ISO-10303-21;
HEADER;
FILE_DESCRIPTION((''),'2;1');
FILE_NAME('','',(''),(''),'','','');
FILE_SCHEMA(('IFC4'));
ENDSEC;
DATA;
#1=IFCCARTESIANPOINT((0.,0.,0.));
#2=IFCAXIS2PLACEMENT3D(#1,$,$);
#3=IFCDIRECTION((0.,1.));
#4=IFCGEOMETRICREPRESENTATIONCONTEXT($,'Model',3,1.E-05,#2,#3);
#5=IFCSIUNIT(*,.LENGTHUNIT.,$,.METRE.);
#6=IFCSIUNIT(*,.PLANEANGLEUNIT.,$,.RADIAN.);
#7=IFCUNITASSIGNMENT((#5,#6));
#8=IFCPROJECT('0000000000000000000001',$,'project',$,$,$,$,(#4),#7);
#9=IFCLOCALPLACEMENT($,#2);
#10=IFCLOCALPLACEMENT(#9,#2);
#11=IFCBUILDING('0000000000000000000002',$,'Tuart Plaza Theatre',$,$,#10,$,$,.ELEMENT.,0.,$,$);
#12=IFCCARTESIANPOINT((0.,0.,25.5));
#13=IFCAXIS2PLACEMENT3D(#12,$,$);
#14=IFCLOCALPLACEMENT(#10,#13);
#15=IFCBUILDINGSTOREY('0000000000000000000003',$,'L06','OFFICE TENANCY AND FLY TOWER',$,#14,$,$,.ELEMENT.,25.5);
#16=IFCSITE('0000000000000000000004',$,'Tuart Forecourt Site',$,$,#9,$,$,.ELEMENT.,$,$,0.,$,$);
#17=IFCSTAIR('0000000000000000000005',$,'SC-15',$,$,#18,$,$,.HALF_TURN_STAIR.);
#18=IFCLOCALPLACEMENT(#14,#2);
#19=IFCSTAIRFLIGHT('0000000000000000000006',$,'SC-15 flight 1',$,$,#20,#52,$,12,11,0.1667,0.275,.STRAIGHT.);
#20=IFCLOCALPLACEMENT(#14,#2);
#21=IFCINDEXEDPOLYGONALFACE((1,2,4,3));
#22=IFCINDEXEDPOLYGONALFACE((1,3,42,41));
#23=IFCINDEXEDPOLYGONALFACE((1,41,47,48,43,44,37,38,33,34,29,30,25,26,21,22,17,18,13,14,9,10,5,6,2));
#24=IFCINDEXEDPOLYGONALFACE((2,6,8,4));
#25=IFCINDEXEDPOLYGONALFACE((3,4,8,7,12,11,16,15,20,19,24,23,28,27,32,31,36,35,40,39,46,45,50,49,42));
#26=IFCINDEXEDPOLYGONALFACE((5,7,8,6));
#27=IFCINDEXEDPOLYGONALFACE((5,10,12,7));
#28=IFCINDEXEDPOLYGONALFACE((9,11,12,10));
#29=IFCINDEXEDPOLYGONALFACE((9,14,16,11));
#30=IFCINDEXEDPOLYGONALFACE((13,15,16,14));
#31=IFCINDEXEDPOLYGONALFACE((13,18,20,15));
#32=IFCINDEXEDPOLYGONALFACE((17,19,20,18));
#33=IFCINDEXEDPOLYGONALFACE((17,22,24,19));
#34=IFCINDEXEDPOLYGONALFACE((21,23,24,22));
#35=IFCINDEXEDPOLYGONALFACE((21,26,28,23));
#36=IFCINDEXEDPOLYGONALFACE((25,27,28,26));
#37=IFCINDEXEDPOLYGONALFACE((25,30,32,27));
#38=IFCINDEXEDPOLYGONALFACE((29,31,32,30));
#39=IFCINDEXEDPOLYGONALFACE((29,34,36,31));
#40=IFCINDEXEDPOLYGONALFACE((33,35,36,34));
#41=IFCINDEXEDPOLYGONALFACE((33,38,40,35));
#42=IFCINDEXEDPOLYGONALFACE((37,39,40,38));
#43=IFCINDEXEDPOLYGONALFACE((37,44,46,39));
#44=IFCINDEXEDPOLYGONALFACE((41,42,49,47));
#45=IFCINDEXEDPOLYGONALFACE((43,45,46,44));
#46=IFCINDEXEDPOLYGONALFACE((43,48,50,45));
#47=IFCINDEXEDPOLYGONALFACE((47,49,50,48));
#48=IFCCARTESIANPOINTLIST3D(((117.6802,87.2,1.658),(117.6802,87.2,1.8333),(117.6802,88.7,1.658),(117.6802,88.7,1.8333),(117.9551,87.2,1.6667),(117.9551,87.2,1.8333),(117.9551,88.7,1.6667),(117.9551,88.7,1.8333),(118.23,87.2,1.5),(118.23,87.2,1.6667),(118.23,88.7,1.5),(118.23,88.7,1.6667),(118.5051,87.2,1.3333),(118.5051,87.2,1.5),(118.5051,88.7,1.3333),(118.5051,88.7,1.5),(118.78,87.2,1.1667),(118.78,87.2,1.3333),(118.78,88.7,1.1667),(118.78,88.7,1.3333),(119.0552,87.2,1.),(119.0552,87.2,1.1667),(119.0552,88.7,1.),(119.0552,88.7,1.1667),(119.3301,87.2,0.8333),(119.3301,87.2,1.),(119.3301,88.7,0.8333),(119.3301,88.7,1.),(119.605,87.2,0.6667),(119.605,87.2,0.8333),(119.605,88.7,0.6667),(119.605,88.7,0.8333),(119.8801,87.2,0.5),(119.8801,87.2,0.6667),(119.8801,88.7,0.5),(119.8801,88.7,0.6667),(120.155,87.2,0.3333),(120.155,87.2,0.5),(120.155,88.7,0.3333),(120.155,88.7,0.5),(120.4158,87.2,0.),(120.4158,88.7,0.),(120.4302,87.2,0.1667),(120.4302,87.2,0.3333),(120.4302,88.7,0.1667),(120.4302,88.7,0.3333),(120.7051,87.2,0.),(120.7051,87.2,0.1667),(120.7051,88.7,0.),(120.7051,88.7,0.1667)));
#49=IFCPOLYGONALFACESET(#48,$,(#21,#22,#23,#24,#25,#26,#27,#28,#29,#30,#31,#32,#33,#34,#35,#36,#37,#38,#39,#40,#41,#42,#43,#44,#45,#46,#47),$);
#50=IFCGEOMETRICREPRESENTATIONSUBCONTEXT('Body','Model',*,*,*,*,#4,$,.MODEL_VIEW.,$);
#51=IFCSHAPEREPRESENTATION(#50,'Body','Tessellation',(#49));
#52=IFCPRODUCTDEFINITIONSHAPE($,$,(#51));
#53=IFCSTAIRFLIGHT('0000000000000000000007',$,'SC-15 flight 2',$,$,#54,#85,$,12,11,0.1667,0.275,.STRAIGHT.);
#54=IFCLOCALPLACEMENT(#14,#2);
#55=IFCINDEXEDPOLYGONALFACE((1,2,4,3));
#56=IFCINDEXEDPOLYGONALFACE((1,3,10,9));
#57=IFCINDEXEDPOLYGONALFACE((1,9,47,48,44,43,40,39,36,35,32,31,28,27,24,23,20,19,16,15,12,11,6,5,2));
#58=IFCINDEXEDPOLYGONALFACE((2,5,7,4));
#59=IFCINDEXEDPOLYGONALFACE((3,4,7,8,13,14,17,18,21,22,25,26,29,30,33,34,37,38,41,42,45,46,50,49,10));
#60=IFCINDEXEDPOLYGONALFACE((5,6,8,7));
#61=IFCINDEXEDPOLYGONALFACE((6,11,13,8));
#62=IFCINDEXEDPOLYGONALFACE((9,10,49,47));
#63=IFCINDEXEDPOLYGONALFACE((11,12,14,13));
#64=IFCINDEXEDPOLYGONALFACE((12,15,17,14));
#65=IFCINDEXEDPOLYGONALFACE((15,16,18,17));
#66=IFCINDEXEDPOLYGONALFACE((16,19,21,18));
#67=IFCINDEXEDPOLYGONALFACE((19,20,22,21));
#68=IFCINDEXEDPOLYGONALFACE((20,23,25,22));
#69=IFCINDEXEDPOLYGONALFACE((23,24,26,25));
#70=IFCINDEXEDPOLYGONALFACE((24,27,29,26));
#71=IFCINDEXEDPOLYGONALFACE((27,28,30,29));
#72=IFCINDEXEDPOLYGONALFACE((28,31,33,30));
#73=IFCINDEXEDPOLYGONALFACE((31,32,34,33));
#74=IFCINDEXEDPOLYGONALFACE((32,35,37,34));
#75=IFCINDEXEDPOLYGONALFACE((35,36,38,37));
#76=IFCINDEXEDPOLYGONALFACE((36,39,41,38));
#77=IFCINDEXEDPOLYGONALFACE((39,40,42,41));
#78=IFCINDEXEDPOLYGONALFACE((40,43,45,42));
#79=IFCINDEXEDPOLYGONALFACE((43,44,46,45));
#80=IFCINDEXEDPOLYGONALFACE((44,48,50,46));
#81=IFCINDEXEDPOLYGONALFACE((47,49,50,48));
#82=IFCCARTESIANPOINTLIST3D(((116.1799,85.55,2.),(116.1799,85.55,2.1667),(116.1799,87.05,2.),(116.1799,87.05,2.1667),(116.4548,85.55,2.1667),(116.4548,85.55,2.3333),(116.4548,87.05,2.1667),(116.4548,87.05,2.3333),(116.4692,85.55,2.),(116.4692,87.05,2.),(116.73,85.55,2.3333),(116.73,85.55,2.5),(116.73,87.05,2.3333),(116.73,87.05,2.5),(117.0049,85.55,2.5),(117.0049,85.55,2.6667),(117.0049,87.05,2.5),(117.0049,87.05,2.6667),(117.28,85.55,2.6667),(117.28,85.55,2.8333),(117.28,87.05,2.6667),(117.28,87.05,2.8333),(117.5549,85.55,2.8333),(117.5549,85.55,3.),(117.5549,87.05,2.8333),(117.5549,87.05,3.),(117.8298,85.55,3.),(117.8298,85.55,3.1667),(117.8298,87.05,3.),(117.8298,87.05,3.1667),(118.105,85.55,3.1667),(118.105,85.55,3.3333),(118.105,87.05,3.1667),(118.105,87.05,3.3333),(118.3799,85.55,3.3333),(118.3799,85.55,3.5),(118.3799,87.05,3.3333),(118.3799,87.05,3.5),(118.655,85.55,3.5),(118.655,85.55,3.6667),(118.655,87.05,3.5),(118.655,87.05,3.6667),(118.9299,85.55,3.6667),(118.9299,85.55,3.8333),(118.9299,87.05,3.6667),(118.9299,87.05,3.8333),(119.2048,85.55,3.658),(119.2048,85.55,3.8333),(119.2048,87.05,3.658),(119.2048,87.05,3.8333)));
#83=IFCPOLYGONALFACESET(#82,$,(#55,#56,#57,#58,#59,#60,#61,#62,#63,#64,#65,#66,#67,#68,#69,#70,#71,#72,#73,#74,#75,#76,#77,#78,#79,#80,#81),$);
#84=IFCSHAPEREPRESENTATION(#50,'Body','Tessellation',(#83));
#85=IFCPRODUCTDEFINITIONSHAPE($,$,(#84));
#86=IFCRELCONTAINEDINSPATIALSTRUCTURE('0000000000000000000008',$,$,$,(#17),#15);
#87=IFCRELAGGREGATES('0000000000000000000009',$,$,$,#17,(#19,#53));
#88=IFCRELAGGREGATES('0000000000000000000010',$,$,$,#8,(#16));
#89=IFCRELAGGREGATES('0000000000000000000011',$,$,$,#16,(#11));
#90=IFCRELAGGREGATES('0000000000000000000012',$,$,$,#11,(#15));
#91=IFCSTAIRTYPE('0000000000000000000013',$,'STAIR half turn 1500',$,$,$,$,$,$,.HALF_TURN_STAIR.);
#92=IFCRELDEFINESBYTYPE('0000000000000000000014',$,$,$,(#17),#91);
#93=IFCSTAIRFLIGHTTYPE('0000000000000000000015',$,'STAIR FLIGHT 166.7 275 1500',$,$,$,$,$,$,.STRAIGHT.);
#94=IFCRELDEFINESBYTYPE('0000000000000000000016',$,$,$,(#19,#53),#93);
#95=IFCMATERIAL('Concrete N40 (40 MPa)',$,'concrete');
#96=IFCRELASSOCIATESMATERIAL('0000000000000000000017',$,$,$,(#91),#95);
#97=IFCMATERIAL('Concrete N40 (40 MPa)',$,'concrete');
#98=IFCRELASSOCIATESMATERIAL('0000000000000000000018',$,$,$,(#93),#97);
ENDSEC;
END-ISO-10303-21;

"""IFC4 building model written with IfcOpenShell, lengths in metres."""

from ifc_helpers import new_model, si_unit, direction, frame, origin, place, context, subcontext, project, spatial, polyline, outline, extrude, material, type_object, element, aggregate, save


model = new_model("IFC4")

# Units and contexts
model_context = context("Model", 3, precision=1e-05, world=origin(), true_north=direction((0.0, 1.0)))
body_context = subcontext(model_context, "Body", "Model", "MODEL_VIEW")
ifc_project = project(units=[si_unit("LENGTHUNIT", "METRE"), si_unit("PLANEANGLEUNIT", "RADIAN")], contexts=[model_context])

# Site, building, storey
site_placement = place(None, origin())
site = spatial("IfcSite", under=ifc_project, at=site_placement, Name="Tuart Forecourt Site", CompositionType="ELEMENT", RefElevation=0.0)
building_placement = place(site_placement, origin())
building = spatial("IfcBuilding", under=site, at=building_placement, Name="Tuart Plaza Theatre", CompositionType="ELEMENT", ElevationOfRefHeight=0.0)
storey_placement = place(building_placement, frame((0.0, 0.0, 25.5)))
storey = spatial("IfcBuildingStorey", under=building, at=storey_placement, Name="L06", Description="OFFICE TENANCY AND FLY TOWER", CompositionType="ELEMENT", Elevation=25.5)

# Stair, stair flights
ifc_material_1 = material(Name="Concrete N40 (40 MPa)", Category="concrete")
stair_type = type_object("IfcStairType", Name="STAIR half turn 1500", PredefinedType="HALF_TURN_STAIR", material=ifc_material_1)
stair_placement = place(storey_placement, origin())
stair = element("IfcStair", 1, at=stair_placement, inside=storey, type_object=stair_type, Name="SC-15", PredefinedType="HALF_TURN_STAIR")
ifc_material_2 = material(Name="Concrete N40 (40 MPa)", Category="concrete")
stair_flight_type = type_object("IfcStairFlightType", Name="STAIR FLIGHT 166.7 275 1500", PredefinedType="STRAIGHT", material=ifc_material_2)
stair_flight_1_placement = place(storey_placement, frame((120.7051, 87.95, 0.0), z_axis=(0.0, 0.0, 1.0), x_axis=(-1.0, 0.0, 0.0)))
stair_flight_1 = element("IfcStairFlight", 2, at=stair_flight_1_placement, type_object=stair_flight_type, Name="SC-15 flight 1", NumberOfRisers=12, NumberOfTreads=11, PredefinedType="STRAIGHT", RiserHeight=0.1667, TreadLength=0.275, context=body_context, shape_type="SweptSolid", body=[
    extrude(outline(polyline([(0.0, 0.0), (0.0, 0.1667), (0.2749, 0.1667), (0.2749, 0.3333), (0.55, 0.3333), (0.55, 0.5), (0.825, 0.5), (0.825, 0.6667), (1.1001, 0.6667), (1.1001, 0.8333), (1.375, 0.8333), (1.375, 1.0), (1.6499, 1.0), (1.6499, 1.1667), (1.925, 1.1667), (1.925, 1.3333), (2.2, 1.3333), (2.2, 1.5), (2.4751, 1.5), (2.4751, 1.6667), (2.75, 1.6667), (2.75, 1.8333), (3.0249, 1.8333), (3.0249, 2.0), (3.0249, 1.658), (0.2893, 0.0), (0.0, 0.0)])), frame((0.0, 0.75, 0.0), z_axis=(0.0, -1.0, 0.0), x_axis=(1.0, 0.0, 0.0)), (0.0, 0.0, 1.0), 1.5),
])
stair_flight_2_placement = place(storey_placement, frame((116.1799, 86.3, 2.0), z_axis=(0.0, 0.0, 1.0), x_axis=(1.0, 0.0, 0.0)))
stair_flight_2 = element("IfcStairFlight", 3, at=stair_flight_2_placement, type_object=stair_flight_type, Name="SC-15 flight 2", NumberOfRisers=12, NumberOfTreads=11, PredefinedType="STRAIGHT", RiserHeight=0.1667, TreadLength=0.275, context=body_context, shape_type="SweptSolid", body=[
    extrude(outline(polyline([(0.0, 0.0), (0.0, 0.1667), (0.2749, 0.1667), (0.2749, 0.3333), (0.55, 0.3333), (0.55, 0.5), (0.825, 0.5), (0.825, 0.6667), (1.1001, 0.6667), (1.1001, 0.8333), (1.375, 0.8333), (1.375, 1.0), (1.6499, 1.0), (1.6499, 1.1667), (1.925, 1.1667), (1.925, 1.3333), (2.2, 1.3333), (2.2, 1.5), (2.4751, 1.5), (2.4751, 1.6667), (2.75, 1.6667), (2.75, 1.8333), (3.0249, 1.8333), (3.0249, 2.0), (3.0249, 1.658), (0.2893, 0.0), (0.0, 0.0)])), frame((0.0, 0.75, 0.0), z_axis=(0.0, -1.0, 0.0), x_axis=(1.0, 0.0, 0.0)), (0.0, 0.0, 1.0), 1.5),
])
aggregate(stair, [stair_flight_1, stair_flight_2])

save(model, "model.ifc")
